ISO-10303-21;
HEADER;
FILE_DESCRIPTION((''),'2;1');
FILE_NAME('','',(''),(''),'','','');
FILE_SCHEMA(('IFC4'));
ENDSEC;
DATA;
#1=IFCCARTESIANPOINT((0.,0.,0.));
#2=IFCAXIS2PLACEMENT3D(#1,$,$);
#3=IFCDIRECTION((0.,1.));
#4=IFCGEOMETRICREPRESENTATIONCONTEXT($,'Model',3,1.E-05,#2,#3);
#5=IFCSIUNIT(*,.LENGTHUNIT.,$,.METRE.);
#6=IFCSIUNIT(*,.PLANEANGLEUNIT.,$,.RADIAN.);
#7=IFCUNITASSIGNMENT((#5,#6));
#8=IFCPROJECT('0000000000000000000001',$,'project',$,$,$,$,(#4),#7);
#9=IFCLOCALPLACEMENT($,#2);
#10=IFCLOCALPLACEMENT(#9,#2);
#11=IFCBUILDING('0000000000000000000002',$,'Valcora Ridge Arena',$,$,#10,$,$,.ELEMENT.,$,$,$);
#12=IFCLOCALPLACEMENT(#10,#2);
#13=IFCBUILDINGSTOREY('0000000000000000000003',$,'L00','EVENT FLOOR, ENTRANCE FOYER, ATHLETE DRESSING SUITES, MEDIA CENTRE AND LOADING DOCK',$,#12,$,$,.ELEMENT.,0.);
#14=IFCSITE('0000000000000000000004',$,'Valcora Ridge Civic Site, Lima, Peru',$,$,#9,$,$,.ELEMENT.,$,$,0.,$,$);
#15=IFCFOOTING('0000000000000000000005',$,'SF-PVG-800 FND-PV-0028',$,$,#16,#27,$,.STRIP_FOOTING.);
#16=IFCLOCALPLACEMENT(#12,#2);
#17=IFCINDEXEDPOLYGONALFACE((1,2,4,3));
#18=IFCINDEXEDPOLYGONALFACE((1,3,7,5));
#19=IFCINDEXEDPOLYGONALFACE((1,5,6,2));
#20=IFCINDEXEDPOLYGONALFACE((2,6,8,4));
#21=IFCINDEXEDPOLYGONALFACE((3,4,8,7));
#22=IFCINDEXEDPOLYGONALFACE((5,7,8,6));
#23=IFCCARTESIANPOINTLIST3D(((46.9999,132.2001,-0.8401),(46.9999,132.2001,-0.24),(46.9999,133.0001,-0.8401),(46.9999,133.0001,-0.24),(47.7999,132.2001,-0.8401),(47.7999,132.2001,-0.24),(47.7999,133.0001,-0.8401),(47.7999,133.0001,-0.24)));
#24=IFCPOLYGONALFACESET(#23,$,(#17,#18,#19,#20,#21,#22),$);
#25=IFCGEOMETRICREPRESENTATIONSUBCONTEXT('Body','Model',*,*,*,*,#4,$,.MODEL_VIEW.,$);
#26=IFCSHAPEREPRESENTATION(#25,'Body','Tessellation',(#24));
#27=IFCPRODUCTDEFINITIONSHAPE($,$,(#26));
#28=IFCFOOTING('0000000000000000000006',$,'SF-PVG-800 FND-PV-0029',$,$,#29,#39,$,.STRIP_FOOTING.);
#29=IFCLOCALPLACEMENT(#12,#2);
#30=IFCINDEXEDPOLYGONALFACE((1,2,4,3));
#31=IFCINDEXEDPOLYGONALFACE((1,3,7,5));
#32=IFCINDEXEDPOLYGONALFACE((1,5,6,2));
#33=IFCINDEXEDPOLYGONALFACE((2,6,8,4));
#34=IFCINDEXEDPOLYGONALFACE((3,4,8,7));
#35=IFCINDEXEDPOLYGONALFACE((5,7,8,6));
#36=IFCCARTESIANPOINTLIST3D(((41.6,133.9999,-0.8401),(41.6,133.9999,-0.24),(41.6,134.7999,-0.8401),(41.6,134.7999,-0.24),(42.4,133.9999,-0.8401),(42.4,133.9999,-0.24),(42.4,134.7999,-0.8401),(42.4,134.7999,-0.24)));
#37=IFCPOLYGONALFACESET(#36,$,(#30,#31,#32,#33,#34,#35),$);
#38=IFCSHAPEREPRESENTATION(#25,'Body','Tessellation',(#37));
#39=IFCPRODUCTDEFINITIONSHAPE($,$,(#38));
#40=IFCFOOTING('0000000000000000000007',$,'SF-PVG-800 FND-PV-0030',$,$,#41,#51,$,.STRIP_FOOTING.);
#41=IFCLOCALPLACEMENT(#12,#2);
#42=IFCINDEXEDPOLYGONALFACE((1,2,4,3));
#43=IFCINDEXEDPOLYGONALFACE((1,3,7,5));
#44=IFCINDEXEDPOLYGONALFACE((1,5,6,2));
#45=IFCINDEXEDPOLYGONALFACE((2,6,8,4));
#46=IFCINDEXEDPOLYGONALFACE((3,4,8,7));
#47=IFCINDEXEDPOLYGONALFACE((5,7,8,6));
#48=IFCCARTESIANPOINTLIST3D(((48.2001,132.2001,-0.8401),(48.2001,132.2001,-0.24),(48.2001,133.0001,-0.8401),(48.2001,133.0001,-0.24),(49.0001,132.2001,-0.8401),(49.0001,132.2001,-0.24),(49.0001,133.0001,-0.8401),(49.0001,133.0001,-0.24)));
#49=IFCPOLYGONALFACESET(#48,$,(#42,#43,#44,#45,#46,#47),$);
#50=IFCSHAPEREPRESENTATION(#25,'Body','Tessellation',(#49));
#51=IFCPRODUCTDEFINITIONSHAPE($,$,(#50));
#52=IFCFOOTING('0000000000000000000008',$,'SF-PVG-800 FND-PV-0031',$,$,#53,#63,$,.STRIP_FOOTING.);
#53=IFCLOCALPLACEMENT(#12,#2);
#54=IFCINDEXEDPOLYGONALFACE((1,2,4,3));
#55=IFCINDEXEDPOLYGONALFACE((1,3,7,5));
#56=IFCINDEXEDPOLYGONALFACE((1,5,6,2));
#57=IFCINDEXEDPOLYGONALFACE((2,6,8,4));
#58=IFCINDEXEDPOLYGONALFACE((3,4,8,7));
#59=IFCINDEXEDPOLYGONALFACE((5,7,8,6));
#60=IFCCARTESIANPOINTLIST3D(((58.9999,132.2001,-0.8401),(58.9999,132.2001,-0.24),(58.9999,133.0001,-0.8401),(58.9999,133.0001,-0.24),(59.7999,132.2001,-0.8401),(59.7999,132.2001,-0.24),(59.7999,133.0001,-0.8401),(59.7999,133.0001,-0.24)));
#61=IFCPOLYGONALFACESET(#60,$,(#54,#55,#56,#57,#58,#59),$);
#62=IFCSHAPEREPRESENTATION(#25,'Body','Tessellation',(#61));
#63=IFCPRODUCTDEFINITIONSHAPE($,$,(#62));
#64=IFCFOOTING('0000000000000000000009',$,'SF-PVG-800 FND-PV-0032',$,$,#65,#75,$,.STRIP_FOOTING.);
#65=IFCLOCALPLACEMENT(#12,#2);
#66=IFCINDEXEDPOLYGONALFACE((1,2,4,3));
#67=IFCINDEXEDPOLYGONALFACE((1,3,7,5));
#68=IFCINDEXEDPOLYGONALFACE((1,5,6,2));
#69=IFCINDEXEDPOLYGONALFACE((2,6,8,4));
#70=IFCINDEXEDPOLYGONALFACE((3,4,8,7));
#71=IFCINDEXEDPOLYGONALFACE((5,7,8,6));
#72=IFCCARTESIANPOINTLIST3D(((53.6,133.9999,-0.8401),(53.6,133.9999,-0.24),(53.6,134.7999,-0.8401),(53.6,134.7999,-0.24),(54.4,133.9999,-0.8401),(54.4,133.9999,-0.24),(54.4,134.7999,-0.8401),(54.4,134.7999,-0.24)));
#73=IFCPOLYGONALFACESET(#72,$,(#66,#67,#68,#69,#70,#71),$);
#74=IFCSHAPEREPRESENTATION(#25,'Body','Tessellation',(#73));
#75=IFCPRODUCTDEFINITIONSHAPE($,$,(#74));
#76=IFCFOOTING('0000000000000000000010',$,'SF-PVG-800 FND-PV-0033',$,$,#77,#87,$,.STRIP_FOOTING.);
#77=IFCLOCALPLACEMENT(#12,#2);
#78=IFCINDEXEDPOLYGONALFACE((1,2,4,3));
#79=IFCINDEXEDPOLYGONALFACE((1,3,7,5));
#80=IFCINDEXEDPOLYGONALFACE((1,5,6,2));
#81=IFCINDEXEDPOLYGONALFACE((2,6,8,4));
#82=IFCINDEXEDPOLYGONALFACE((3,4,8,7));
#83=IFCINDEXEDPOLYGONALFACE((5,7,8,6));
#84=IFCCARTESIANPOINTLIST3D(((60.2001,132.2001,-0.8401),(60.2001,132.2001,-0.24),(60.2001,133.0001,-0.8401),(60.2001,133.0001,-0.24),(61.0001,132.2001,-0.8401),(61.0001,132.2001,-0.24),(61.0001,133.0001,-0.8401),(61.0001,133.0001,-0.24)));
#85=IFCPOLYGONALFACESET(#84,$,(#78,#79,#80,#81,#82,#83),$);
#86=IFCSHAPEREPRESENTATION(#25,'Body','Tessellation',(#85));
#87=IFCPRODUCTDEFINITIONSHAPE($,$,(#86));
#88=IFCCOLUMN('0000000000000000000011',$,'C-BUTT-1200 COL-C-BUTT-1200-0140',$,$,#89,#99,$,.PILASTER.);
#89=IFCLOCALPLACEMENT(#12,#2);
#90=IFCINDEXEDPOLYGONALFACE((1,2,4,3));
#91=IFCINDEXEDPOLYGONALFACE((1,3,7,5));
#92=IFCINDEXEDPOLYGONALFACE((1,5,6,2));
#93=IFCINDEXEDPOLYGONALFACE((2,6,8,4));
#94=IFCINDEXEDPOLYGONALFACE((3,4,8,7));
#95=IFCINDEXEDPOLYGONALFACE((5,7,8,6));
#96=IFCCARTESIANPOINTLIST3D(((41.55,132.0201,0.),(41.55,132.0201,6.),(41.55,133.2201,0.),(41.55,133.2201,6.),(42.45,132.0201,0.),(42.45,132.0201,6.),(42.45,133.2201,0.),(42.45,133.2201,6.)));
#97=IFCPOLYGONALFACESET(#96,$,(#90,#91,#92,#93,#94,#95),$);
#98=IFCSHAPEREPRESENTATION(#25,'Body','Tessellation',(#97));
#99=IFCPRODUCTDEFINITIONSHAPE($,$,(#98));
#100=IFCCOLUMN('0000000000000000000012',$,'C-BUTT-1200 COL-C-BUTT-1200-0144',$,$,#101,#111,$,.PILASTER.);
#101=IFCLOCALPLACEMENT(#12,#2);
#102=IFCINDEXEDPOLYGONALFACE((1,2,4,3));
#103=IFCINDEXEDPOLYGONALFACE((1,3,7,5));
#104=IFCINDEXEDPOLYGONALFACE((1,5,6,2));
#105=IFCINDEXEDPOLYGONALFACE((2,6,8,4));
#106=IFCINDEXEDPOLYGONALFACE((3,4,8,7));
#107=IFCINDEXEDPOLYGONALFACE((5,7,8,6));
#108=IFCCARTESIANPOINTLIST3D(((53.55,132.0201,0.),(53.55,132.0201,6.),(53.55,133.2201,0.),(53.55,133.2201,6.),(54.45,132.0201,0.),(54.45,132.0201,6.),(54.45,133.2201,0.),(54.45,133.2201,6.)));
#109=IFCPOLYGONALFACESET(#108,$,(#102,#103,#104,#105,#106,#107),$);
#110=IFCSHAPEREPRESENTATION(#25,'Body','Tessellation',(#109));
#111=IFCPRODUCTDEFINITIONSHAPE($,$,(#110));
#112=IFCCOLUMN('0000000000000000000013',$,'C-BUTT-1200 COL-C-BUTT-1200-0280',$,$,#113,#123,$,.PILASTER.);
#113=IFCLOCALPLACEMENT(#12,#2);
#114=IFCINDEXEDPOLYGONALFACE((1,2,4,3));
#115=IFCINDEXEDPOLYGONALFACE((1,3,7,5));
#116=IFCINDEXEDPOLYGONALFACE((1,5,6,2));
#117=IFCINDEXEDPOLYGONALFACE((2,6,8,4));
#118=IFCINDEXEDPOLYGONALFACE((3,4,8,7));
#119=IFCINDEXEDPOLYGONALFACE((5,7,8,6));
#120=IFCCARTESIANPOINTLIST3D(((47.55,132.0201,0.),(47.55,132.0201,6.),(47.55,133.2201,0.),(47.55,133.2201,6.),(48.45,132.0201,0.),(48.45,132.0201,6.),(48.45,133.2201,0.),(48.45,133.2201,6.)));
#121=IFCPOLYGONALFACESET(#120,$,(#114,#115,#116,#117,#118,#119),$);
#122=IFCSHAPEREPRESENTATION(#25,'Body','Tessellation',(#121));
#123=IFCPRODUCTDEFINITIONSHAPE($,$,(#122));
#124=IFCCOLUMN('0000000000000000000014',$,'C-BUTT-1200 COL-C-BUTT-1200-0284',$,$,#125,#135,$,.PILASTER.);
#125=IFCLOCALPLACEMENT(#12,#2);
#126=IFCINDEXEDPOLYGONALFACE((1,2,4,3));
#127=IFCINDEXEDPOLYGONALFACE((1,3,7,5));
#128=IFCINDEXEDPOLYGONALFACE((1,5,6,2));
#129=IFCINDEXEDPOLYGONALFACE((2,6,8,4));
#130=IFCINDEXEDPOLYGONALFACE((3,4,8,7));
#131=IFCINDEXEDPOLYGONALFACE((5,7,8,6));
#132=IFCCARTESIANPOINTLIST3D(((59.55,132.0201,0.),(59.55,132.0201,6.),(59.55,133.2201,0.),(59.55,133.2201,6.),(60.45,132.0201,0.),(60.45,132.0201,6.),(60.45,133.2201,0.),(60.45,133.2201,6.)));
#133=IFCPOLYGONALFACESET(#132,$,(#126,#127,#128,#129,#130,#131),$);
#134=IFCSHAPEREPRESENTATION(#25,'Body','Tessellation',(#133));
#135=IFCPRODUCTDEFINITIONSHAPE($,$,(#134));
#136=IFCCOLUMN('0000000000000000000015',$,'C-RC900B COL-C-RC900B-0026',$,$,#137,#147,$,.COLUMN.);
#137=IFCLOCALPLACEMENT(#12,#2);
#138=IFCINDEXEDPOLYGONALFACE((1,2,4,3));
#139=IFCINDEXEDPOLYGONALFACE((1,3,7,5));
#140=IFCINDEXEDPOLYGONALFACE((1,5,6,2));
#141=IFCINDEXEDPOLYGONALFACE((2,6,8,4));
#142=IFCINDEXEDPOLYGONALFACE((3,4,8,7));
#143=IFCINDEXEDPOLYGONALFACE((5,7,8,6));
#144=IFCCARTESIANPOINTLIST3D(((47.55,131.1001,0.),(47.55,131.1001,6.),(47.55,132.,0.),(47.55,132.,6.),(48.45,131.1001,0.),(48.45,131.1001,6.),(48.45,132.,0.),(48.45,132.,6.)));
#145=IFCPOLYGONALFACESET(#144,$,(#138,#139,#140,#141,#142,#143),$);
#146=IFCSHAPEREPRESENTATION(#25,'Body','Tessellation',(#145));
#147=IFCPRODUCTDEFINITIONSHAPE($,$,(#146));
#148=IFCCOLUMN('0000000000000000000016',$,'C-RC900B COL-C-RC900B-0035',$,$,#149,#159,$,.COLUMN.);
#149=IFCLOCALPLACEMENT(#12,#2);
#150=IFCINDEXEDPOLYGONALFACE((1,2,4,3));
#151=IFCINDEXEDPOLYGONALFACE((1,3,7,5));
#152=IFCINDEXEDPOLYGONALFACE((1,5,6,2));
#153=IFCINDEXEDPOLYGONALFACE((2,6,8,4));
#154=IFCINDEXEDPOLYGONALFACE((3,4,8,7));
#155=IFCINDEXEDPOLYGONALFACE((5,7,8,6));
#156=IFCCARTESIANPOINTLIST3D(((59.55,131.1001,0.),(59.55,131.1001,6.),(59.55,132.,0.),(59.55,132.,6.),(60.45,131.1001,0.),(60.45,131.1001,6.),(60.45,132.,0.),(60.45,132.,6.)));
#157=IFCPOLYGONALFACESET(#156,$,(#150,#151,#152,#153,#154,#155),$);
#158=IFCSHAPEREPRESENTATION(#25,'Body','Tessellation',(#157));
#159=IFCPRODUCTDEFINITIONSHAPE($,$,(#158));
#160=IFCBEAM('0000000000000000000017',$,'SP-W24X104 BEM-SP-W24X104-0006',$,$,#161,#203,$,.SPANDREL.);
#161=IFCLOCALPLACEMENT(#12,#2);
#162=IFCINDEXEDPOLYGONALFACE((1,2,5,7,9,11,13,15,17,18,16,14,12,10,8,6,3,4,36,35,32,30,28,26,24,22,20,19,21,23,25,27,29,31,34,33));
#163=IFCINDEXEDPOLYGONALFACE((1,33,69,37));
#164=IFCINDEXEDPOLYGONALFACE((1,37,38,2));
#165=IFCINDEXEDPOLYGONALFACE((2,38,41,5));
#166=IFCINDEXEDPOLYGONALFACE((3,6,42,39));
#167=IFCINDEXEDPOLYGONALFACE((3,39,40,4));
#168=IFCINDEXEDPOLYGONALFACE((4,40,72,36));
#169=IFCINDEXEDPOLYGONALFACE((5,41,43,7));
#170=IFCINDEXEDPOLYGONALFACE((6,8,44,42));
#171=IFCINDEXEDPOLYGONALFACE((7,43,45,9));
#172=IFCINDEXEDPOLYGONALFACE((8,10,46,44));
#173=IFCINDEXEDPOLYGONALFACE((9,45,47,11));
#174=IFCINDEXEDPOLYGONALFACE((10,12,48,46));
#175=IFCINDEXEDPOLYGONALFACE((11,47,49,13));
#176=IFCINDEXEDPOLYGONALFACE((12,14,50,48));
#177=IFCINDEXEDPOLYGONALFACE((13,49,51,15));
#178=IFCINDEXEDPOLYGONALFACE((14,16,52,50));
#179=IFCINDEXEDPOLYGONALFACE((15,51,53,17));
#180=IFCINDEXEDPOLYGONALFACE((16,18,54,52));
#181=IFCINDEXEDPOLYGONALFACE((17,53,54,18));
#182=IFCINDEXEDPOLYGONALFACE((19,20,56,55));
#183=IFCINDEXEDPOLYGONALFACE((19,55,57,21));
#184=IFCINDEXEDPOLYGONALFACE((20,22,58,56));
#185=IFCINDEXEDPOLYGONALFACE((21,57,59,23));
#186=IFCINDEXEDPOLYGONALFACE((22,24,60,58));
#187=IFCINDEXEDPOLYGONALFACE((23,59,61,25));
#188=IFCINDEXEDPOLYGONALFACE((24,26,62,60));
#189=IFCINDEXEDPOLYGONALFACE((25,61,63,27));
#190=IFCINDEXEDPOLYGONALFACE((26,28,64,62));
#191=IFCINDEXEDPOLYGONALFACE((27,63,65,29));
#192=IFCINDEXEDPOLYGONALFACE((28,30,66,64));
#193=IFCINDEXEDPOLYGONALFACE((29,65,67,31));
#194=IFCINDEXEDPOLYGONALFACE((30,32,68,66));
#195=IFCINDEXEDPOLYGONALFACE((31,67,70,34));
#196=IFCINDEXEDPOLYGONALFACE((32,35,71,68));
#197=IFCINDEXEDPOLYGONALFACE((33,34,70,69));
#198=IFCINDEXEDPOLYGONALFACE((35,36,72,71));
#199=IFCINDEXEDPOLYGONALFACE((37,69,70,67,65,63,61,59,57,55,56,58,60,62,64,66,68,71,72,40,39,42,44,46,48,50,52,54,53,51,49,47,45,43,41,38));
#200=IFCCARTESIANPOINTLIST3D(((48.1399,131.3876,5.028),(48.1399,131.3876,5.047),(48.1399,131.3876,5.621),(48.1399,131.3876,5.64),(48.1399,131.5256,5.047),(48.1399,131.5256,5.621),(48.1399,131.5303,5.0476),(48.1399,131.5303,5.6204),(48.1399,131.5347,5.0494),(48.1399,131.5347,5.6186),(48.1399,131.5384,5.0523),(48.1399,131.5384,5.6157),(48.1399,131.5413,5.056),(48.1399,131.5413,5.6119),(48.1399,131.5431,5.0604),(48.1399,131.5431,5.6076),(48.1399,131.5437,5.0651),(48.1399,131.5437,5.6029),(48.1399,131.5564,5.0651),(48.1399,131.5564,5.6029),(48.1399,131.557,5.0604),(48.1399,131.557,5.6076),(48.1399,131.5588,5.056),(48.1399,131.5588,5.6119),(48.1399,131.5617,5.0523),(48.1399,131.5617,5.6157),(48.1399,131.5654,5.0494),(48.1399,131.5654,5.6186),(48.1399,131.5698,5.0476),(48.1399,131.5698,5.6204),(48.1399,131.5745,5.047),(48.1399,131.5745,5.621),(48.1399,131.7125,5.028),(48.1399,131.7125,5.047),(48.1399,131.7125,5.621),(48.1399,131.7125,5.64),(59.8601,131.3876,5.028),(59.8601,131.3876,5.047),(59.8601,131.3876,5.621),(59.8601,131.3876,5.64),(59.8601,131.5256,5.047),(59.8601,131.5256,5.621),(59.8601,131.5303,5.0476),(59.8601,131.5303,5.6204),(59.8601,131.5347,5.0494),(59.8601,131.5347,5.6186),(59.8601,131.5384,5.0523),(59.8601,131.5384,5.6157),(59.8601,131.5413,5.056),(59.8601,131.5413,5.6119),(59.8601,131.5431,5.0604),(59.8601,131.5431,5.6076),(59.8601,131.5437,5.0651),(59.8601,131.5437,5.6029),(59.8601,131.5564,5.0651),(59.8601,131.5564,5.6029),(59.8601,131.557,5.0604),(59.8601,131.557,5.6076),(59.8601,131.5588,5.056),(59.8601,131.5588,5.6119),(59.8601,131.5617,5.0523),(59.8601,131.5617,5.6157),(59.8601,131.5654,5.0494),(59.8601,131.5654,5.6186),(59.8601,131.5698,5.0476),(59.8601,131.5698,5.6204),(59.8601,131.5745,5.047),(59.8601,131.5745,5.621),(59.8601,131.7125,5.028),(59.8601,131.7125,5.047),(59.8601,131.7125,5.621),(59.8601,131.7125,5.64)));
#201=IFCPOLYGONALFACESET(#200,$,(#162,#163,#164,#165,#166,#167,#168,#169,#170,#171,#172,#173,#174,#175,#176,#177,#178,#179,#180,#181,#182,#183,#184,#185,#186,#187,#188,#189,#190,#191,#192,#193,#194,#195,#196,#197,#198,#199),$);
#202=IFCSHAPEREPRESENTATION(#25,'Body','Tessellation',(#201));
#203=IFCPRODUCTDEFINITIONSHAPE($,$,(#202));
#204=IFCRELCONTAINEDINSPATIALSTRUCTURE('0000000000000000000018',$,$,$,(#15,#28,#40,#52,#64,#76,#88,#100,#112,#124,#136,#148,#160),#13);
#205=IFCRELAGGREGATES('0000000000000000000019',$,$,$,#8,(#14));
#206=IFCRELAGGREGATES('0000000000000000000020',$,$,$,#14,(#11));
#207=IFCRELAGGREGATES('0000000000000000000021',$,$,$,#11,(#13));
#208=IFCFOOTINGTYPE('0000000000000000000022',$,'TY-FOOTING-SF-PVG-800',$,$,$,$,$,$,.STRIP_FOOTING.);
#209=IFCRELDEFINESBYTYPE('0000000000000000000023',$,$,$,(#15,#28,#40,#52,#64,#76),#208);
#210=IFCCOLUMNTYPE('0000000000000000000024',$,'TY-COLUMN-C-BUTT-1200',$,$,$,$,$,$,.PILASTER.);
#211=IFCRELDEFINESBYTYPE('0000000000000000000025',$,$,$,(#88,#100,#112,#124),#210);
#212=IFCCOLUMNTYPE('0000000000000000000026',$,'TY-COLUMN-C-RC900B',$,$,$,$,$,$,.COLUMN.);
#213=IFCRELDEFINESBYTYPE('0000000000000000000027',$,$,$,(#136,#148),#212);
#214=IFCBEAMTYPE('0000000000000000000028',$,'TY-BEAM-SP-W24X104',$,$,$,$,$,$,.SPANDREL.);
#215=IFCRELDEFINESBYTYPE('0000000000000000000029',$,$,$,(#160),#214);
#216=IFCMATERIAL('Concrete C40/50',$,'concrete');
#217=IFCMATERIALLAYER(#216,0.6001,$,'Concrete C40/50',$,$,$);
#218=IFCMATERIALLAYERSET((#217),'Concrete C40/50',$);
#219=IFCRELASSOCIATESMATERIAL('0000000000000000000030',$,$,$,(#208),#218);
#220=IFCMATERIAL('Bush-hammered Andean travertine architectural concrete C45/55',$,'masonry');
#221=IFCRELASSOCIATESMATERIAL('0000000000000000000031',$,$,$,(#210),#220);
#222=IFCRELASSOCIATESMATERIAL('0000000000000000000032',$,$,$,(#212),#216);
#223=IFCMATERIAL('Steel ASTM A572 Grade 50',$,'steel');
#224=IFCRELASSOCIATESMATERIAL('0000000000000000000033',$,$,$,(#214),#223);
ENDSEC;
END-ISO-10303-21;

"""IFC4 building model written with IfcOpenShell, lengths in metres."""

from ifc_helpers import new_model, si_unit, direction, frame, origin, origin_2d, place, context, subcontext, project, spatial, rectangle, i_section, extrude, material, layer, layer_set, material_profile, profile_set, type_object, element, save


model = new_model("IFC4")

# Units and contexts
model_context = context("Model", 3, precision=1e-05, world=origin(), true_north=direction((0.0, 1.0)))
body_context = subcontext(model_context, "Body", "Model", "MODEL_VIEW")
ifc_project = project(units=[si_unit("LENGTHUNIT", "METRE"), si_unit("PLANEANGLEUNIT", "RADIAN")], contexts=[model_context])

# Site, building, storey
site_placement = place(None, origin())
site = spatial("IfcSite", under=ifc_project, at=site_placement, Name="Valcora Ridge Civic Site, Lima, Peru", CompositionType="ELEMENT", RefElevation=0.0)
building_placement = place(site_placement, origin())
building = spatial("IfcBuilding", under=site, at=building_placement, Name="Valcora Ridge Arena", CompositionType="ELEMENT")
storey_placement = place(building_placement, origin())
storey = spatial("IfcBuildingStorey", under=building, at=storey_placement, Name="L00", Description="EVENT FLOOR, ENTRANCE FOYER, ATHLETE DRESSING SUITES, MEDIA CENTRE AND LOADING DOCK", CompositionType="ELEMENT", Elevation=0.0)

# Footings
ifc_material_1 = material(Name="Concrete C40/50", Category="concrete")
ifc_layer_1 = layer(ifc_material_1, 0.6001, Name="Concrete C40/50")
ifc_layer_set_1 = layer_set([ifc_layer_1], Name="Concrete C40/50")
footing_type = type_object("IfcFootingType", Name="TY-FOOTING-SF-PVG-800", PredefinedType="STRIP_FOOTING", material=ifc_layer_set_1)
for number, where, z_axis, x_axis, name in (
    (1, (47.3999, 132.6001, -0.8401), (0.0, 0.0, 1.0), (1.0, 0.0, 0.0), "SF-PVG-800 FND-PV-0028"),
    (2, (42.0, 134.3999, -0.8401), (0.0, 0.0, 1.0), (1.0, 0.0, 0.0), "SF-PVG-800 FND-PV-0029"),
    (3, (48.6001, 132.6001, -0.8401), (0.0, 0.0, 1.0), (1.0, 0.0, 0.0), "SF-PVG-800 FND-PV-0030"),
    (4, (59.3999, 132.6001, -0.8401), (0.0, 0.0, 1.0), (1.0, 0.0, 0.0), "SF-PVG-800 FND-PV-0031"),
    (5, (54.0, 134.3999, -0.8401), (0.0, 0.0, 1.0), (1.0, 0.0, 0.0), "SF-PVG-800 FND-PV-0032"),
    (6, (60.6001, 132.6001, -0.8401), (0.0, 0.0, 1.0), (1.0, 0.0, 0.0), "SF-PVG-800 FND-PV-0033"),
):
    element("IfcFooting", number, at=place(storey_placement, frame(where, z_axis=z_axis, x_axis=x_axis)), inside=storey, type_object=footing_type, Name=name, PredefinedType="STRIP_FOOTING", context=body_context, shape_type="SweptSolid", body=[
        extrude(rectangle(XDim=0.8, YDim=0.8, at=origin_2d()), origin(), (0.0, 0.0, 1.0), 0.6001),
    ])

# Columns
ifc_material_2 = material(Name="Bush-hammered Andean travertine architectural concrete C45/55", Category="masonry")
ifc_material_profile_1 = material_profile(ifc_material_2, rectangle(XDim=0.8999, YDim=1.2, at=origin_2d()), Name="RC 900x1200")
ifc_profile_set_1 = profile_set([ifc_material_profile_1], Name="Bush-hammered Andean travertine architectural concrete C45/55")
column_type_1 = type_object("IfcColumnType", Name="TY-COLUMN-C-BUTT-1200", PredefinedType="PILASTER", material=ifc_profile_set_1)
for number, where, z_axis, x_axis, name in (
    (7, (42.0, 132.6201, 0.0), (0.0, 0.0, 1.0), (1.0, 0.0, 0.0), "C-BUTT-1200 COL-C-BUTT-1200-0140"),
    (8, (54.0, 132.6201, 0.0), (0.0, 0.0, 1.0), (1.0, 0.0, 0.0), "C-BUTT-1200 COL-C-BUTT-1200-0144"),
    (9, (48.0, 132.6201, 0.0), (0.0, 0.0, 1.0), (1.0, 0.0, 0.0), "C-BUTT-1200 COL-C-BUTT-1200-0280"),
    (10, (60.0, 132.6201, 0.0), (0.0, 0.0, 1.0), (1.0, 0.0, 0.0), "C-BUTT-1200 COL-C-BUTT-1200-0284"),
):
    element("IfcColumn", number, at=place(storey_placement, frame(where, z_axis=z_axis, x_axis=x_axis)), inside=storey, type_object=column_type_1, Name=name, PredefinedType="PILASTER", context=body_context, shape_type="SweptSolid", body=[
        extrude(rectangle(XDim=0.8999, YDim=1.2, at=origin_2d()), origin(), (0.0, 0.0, 1.0), 6.0),
    ])
ifc_material_profile_2 = material_profile(ifc_material_1, rectangle(XDim=0.8999, YDim=0.8999, at=origin_2d()), Name="RC 900x900")
ifc_profile_set_2 = profile_set([ifc_material_profile_2], Name="Concrete C40/50")
column_type_2 = type_object("IfcColumnType", Name="TY-COLUMN-C-RC900B", PredefinedType="COLUMN", material=ifc_profile_set_2)
for number, where, z_axis, x_axis, name in (
    (11, (48.0, 131.55, 0.0), (0.0, 0.0, 1.0), (1.0, 0.0, 0.0), "C-RC900B COL-C-RC900B-0026"),
    (12, (60.0, 131.55, 0.0), (0.0, 0.0, 1.0), (1.0, 0.0, 0.0), "C-RC900B COL-C-RC900B-0035"),
):
    element("IfcColumn", number, at=place(storey_placement, frame(where, z_axis=z_axis, x_axis=x_axis)), inside=storey, type_object=column_type_2, Name=name, PredefinedType="COLUMN", context=body_context, shape_type="SweptSolid", body=[
        extrude(rectangle(XDim=0.8999, YDim=0.8999, at=origin_2d()), origin(), (0.0, 0.0, 1.0), 6.0),
    ])

# Beam
ifc_material_3 = material(Name="Steel ASTM A572 Grade 50", Category="steel")
ifc_material_profile_3 = material_profile(ifc_material_3, i_section(OverallWidth=0.325, OverallDepth=0.6121, WebThickness=0.0127, FlangeThickness=0.019, FilletRadius=0.0181, at=origin_2d()), Name="W24X104")
ifc_profile_set_3 = profile_set([ifc_material_profile_3], Name="Steel ASTM A572 Grade 50")
beam_type = type_object("IfcBeamType", Name="TY-BEAM-SP-W24X104", PredefinedType="SPANDREL", material=ifc_profile_set_3)
for number, where, z_axis, x_axis, name in (
    (13, (48.1399, 131.55, 5.334), (1.0, 0.0, 0.0), (0.0, 1.0, 0.0), "SP-W24X104 BEM-SP-W24X104-0006"),
):
    element("IfcBeam", number, at=place(storey_placement, frame(where, z_axis=z_axis, x_axis=x_axis)), inside=storey, type_object=beam_type, Name=name, PredefinedType="SPANDREL", context=body_context, shape_type="SweptSolid", body=[
        extrude(i_section(OverallWidth=0.325, OverallDepth=0.6121, WebThickness=0.0127, FlangeThickness=0.019, FilletRadius=0.0181, at=origin_2d()), origin(), (0.0, 0.0, 1.0), 11.7202),
    ])

save(model, "model.ifc")
